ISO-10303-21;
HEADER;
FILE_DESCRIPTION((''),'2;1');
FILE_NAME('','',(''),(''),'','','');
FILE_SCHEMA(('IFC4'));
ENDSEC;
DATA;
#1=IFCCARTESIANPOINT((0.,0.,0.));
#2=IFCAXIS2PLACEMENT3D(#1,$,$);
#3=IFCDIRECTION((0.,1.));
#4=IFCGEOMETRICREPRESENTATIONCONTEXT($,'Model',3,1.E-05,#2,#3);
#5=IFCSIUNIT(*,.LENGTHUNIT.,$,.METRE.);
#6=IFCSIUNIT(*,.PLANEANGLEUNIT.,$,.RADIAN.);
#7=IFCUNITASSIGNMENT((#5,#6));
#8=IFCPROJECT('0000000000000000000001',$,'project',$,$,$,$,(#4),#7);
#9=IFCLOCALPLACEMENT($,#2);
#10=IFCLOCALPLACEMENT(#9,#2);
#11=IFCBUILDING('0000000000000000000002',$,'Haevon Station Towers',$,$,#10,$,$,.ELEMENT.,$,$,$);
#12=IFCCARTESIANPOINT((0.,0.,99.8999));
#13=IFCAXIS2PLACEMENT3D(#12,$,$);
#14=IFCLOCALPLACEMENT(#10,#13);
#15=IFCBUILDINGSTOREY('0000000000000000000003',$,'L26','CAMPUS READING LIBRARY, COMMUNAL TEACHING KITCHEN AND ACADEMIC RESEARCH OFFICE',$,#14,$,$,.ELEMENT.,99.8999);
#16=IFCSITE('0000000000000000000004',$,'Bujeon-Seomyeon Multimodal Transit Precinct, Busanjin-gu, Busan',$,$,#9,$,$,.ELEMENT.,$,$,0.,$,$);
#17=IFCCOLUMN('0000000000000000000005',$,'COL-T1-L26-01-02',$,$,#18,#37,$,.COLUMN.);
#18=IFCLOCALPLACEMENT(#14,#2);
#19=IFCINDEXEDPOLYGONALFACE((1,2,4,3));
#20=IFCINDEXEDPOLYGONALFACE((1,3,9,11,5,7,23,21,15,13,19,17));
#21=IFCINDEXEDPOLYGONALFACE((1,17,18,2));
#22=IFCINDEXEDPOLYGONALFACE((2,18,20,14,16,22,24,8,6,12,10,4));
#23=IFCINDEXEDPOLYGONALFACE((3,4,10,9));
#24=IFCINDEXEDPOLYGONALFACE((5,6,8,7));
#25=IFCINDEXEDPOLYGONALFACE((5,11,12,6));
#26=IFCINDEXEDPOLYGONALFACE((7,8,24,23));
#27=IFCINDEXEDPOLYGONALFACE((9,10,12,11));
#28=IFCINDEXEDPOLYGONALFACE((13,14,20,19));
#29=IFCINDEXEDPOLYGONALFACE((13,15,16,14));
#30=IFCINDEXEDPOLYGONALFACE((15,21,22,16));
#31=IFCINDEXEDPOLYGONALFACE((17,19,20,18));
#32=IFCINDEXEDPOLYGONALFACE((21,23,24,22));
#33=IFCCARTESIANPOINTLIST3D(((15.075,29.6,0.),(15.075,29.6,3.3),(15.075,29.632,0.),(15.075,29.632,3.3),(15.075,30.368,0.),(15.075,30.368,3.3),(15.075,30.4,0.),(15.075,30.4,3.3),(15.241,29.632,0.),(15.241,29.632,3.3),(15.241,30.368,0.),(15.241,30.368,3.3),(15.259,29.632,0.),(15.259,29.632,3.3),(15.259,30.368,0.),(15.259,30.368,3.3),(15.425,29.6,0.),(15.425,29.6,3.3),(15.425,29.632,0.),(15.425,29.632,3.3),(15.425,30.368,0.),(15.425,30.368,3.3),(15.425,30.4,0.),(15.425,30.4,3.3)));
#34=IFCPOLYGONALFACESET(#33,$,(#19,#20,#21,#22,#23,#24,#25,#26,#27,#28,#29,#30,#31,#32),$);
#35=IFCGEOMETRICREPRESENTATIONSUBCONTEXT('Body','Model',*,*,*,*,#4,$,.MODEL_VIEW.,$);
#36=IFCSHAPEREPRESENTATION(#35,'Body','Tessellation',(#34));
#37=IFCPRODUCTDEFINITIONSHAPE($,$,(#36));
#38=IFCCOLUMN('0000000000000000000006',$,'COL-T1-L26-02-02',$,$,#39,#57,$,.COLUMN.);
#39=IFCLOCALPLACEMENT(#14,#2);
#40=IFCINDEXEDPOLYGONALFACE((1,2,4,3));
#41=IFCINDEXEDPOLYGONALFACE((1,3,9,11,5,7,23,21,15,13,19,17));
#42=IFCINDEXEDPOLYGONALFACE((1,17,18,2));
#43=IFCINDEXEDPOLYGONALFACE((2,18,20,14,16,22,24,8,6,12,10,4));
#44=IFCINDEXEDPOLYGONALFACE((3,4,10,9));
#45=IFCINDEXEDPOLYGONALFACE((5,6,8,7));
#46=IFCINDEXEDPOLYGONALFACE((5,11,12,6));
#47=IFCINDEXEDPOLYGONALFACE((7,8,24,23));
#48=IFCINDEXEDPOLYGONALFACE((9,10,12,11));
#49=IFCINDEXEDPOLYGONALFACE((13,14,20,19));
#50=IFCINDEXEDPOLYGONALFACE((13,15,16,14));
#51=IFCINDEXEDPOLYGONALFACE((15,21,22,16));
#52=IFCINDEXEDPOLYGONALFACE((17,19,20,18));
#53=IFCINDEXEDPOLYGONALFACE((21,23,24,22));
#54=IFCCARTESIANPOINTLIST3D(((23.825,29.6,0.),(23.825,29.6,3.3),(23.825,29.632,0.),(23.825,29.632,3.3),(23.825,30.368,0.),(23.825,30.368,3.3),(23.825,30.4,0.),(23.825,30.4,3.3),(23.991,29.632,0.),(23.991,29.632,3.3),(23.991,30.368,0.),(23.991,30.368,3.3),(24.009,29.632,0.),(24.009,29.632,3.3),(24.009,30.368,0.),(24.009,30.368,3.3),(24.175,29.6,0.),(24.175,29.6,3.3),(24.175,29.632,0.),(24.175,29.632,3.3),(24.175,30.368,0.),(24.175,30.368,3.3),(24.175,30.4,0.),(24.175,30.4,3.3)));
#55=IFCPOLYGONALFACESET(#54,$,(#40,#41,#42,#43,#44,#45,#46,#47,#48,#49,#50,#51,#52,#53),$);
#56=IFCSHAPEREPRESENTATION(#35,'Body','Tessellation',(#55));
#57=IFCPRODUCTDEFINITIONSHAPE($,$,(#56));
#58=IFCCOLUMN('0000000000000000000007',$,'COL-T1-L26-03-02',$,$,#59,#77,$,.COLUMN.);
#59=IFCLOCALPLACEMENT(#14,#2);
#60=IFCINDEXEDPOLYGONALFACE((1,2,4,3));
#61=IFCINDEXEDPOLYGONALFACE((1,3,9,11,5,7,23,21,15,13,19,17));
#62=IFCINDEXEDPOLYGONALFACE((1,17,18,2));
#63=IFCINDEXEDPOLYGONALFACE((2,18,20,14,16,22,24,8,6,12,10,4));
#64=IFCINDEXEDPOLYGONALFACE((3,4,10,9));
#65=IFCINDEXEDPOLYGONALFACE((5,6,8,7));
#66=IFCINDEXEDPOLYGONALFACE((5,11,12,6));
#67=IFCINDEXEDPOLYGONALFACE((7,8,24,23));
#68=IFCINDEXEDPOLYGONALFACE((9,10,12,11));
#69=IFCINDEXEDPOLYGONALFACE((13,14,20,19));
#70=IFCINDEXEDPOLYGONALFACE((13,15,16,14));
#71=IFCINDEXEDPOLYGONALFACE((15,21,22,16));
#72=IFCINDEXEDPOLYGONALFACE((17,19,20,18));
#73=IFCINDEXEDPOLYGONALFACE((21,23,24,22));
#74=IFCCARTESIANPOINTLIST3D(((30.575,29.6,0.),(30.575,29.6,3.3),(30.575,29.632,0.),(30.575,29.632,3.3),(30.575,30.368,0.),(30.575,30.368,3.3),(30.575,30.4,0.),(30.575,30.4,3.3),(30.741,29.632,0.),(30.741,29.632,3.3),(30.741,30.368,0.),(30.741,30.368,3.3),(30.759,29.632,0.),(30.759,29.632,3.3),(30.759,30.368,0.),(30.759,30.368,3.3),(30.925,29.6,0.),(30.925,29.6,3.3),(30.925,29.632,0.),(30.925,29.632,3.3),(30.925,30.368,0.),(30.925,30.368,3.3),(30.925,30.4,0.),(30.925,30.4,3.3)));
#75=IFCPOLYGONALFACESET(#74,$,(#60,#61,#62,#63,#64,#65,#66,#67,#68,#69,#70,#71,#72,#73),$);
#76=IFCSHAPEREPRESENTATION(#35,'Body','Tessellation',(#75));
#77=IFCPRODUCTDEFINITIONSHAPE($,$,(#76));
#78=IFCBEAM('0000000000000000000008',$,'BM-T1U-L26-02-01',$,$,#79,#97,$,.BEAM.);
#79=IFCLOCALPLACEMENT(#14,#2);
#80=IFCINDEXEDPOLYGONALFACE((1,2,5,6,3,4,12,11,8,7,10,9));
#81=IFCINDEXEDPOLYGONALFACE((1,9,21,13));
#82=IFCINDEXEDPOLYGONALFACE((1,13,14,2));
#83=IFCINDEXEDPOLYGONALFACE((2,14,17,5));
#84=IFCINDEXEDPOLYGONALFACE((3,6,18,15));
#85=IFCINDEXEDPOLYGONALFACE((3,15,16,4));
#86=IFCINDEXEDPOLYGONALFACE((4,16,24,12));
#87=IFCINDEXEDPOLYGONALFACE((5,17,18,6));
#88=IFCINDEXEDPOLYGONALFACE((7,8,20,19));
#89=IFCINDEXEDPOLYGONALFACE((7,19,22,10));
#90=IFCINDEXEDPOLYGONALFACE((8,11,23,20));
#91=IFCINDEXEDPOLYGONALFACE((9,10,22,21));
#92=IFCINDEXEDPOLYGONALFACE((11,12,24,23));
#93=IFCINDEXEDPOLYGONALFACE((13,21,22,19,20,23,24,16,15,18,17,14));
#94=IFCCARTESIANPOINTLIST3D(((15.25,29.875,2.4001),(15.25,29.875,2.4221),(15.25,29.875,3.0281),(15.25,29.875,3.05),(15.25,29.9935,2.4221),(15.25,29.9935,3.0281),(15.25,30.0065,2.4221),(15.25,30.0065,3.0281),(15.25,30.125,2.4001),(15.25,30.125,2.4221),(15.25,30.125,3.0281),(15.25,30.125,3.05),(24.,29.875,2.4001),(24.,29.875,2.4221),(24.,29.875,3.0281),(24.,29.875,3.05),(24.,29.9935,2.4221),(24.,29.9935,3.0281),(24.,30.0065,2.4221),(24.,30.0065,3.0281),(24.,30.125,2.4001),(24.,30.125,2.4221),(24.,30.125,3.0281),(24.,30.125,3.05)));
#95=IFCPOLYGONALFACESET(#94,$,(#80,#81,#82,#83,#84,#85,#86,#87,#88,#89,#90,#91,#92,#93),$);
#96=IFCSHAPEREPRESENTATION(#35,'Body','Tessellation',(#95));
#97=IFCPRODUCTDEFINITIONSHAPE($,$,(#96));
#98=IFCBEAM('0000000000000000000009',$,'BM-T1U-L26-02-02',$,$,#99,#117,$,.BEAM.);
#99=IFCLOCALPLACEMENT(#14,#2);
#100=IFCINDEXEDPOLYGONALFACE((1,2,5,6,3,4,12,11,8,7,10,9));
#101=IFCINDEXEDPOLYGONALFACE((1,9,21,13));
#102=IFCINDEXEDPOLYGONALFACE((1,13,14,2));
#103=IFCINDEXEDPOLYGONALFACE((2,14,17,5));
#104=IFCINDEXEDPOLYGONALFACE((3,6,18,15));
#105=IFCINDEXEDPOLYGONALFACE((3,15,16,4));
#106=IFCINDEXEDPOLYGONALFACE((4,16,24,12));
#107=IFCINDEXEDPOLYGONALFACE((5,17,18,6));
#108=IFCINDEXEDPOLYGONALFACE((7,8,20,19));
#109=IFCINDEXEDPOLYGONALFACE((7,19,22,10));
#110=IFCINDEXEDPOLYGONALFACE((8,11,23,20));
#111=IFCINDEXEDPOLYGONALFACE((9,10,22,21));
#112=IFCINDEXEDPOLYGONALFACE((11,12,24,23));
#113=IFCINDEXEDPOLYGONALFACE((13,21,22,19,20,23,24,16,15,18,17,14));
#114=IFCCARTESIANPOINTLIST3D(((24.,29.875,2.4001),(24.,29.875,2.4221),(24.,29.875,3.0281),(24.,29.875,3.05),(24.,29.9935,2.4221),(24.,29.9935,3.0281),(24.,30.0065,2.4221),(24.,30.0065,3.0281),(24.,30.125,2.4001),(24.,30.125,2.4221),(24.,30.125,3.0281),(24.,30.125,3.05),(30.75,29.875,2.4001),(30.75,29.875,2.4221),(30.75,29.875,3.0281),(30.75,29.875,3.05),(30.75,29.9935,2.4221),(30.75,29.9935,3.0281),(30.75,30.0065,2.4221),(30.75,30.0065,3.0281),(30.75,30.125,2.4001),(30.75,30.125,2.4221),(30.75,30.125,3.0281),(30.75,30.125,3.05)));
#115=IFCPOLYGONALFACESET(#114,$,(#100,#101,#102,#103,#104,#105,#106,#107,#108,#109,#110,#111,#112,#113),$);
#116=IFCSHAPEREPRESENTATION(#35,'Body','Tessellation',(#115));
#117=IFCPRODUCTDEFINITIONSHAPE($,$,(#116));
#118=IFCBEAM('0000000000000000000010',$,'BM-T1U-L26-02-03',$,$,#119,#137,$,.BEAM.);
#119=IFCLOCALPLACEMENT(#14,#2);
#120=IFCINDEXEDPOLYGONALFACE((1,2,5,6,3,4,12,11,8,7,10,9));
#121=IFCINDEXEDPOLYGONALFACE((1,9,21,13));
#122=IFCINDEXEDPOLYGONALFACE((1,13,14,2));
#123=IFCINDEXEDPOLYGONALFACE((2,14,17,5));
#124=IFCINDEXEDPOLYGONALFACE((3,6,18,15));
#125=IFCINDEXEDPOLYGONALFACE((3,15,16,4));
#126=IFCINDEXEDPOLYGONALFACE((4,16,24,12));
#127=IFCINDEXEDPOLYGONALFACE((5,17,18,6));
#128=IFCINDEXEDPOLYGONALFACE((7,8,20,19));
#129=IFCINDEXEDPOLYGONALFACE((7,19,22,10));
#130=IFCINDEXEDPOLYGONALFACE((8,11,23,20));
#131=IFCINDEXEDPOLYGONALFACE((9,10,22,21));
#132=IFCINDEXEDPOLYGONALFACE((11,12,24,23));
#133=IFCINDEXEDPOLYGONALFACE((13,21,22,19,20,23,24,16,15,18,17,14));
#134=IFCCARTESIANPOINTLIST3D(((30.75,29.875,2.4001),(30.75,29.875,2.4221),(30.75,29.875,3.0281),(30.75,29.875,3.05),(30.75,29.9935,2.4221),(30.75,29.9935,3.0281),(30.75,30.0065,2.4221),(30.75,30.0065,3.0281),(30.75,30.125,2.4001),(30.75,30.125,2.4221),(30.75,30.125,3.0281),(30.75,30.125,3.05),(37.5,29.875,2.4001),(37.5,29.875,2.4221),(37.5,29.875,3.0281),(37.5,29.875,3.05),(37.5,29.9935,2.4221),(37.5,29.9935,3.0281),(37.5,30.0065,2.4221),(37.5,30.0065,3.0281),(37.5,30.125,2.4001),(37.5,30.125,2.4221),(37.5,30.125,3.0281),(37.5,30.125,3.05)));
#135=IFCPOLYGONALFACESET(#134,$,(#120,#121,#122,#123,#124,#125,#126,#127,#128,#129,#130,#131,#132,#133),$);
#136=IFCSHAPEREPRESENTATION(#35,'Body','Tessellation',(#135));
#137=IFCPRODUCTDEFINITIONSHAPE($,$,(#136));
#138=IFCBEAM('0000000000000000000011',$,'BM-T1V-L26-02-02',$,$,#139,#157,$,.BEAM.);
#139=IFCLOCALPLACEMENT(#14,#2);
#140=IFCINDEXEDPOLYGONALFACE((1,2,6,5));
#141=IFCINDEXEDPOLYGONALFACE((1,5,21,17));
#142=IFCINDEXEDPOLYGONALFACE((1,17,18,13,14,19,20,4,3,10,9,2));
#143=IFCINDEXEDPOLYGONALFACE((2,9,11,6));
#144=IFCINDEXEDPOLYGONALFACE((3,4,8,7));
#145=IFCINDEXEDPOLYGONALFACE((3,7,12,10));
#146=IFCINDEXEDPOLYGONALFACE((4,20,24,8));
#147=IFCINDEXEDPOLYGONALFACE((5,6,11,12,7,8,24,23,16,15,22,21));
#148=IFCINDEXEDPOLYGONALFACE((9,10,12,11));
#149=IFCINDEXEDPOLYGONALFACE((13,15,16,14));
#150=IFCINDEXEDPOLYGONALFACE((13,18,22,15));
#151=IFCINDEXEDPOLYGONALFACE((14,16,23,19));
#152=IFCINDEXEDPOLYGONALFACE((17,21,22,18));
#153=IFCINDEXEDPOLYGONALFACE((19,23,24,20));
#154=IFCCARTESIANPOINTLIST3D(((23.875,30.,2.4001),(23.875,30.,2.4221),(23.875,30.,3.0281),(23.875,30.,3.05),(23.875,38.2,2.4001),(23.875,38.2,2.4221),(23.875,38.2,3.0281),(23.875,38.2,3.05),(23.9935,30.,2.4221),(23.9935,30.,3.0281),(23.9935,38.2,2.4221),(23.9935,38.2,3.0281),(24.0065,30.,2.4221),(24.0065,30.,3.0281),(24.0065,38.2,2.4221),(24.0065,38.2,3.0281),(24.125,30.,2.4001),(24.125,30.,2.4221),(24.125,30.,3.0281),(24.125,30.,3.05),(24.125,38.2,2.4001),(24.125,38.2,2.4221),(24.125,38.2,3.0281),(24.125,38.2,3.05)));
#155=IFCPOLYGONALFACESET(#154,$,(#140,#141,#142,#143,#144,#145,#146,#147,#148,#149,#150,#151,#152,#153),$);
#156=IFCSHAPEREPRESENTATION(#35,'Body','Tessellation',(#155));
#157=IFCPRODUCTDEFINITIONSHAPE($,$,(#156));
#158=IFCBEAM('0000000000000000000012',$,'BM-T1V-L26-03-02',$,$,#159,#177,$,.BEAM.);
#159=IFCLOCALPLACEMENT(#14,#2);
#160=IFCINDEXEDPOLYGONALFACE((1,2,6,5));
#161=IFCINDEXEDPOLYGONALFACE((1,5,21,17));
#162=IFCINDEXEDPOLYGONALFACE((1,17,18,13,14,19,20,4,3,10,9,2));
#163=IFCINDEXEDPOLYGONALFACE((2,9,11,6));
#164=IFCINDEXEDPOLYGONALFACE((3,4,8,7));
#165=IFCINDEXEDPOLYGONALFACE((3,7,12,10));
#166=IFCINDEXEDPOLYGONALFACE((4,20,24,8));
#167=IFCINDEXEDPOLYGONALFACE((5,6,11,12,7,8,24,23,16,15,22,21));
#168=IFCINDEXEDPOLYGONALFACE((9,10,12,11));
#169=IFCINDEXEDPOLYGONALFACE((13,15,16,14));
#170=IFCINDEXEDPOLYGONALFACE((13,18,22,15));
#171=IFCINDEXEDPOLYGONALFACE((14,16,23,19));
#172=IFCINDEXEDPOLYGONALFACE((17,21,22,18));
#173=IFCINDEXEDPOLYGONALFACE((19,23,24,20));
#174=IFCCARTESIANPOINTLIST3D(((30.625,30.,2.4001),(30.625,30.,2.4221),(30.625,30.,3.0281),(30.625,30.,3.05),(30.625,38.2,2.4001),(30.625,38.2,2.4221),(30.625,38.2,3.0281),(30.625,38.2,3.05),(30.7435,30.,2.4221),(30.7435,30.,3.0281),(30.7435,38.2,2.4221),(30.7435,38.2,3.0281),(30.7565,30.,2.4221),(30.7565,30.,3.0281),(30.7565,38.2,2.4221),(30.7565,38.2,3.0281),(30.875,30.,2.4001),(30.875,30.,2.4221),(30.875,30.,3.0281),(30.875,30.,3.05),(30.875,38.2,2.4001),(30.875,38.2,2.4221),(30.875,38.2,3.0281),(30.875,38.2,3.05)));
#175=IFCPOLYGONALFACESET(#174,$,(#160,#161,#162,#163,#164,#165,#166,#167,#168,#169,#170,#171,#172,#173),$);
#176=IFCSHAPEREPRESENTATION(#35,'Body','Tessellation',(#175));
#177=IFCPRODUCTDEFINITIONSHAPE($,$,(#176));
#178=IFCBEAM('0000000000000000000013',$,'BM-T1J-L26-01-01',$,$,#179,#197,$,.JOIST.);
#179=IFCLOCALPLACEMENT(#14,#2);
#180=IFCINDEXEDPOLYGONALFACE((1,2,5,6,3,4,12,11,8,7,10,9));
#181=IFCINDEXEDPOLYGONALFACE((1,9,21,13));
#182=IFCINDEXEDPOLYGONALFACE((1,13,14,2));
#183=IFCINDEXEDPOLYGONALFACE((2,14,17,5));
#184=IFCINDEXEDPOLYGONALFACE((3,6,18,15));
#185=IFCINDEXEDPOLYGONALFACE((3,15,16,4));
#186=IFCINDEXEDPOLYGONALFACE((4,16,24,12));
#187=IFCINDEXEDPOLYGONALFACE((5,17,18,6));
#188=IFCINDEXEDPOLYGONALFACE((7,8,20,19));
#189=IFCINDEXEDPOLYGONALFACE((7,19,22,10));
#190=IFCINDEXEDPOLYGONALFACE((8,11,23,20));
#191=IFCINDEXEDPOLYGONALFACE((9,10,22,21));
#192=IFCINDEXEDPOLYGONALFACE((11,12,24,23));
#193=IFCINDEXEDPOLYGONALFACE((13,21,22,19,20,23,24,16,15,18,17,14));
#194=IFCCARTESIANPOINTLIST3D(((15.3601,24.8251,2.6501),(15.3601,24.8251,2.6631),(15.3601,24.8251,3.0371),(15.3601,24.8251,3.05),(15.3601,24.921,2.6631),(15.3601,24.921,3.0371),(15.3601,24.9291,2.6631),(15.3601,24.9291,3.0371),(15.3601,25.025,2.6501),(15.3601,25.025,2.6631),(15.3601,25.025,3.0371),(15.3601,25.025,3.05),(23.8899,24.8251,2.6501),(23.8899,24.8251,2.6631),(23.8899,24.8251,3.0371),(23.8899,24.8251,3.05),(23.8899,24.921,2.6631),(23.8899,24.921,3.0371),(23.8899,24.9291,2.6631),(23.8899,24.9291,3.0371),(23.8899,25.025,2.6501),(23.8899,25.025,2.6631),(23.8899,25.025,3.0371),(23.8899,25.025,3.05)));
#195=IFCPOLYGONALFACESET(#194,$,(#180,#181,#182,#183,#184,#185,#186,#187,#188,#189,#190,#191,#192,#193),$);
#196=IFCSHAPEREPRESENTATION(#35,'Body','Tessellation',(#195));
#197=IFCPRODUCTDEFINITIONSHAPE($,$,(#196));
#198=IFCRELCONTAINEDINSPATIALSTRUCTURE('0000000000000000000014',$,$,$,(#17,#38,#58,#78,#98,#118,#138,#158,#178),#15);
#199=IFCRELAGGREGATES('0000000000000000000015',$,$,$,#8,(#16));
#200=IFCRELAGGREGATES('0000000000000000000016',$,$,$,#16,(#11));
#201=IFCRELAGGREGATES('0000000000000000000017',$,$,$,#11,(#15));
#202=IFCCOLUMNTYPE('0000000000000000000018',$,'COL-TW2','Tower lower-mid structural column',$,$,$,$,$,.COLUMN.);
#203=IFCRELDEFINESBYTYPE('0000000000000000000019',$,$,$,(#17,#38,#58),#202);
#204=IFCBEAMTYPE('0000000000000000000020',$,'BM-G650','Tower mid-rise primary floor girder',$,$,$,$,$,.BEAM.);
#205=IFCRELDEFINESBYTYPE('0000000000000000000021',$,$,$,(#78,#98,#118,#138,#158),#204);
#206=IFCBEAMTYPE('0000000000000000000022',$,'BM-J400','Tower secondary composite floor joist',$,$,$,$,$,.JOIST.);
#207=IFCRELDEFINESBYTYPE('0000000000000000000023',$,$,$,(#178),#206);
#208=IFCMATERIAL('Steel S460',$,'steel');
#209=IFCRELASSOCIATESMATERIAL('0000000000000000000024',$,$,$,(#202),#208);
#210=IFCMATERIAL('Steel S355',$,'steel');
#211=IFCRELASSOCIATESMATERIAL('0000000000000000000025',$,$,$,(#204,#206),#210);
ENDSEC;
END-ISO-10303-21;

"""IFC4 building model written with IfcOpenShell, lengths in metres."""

from ifc_helpers import new_model, si_unit, direction, frame, origin, origin_2d, place, context, subcontext, project, spatial, i_section, extrude, material, material_profile, profile_set, type_object, element, save


model = new_model("IFC4")

# Units and contexts
model_context = context("Model", 3, precision=1e-05, world=origin(), true_north=direction((0.0, 1.0)))
body_context = subcontext(model_context, "Body", "Model", "MODEL_VIEW")
ifc_project = project(units=[si_unit("LENGTHUNIT", "METRE"), si_unit("PLANEANGLEUNIT", "RADIAN")], contexts=[model_context])

# Site, building, storey
site_placement = place(None, origin())
site = spatial("IfcSite", under=ifc_project, at=site_placement, Name="Bujeon-Seomyeon Multimodal Transit Precinct, Busanjin-gu, Busan", CompositionType="ELEMENT", RefElevation=0.0)
building_placement = place(site_placement, origin())
building = spatial("IfcBuilding", under=site, at=building_placement, Name="Haevon Station Towers", CompositionType="ELEMENT")
storey_placement = place(building_placement, frame((0.0, 0.0, 99.8999)))
storey = spatial("IfcBuildingStorey", under=building, at=storey_placement, Name="L26", Description="CAMPUS READING LIBRARY, COMMUNAL TEACHING KITCHEN AND ACADEMIC RESEARCH OFFICE", CompositionType="ELEMENT", Elevation=99.8999)

# Columns
ifc_material_1 = material(Name="Steel S460", Category="steel")
ifc_material_profile_1 = material_profile(ifc_material_1, i_section(OverallWidth=0.3501, OverallDepth=0.8, WebThickness=0.0181, FlangeThickness=0.032, at=origin_2d()), Name="H-800x350x18x32")
ifc_profile_set_1 = profile_set([ifc_material_profile_1], Name="Steel S460")
column_type = type_object("IfcColumnType", Name="COL-TW2", Description="Tower lower-mid structural column", PredefinedType="COLUMN", material=ifc_profile_set_1)
for number, where, z_axis, x_axis, name in (
    (1, (15.25, 30.0, 0.0), (0.0, 0.0, 1.0), (1.0, 0.0, 0.0), "COL-T1-L26-01-02"),
    (2, (24.0, 30.0, 0.0), (0.0, 0.0, 1.0), (1.0, 0.0, 0.0), "COL-T1-L26-02-02"),
    (3, (30.75, 30.0, 0.0), (0.0, 0.0, 1.0), (1.0, 0.0, 0.0), "COL-T1-L26-03-02"),
):
    element("IfcColumn", number, at=place(storey_placement, frame(where, z_axis=z_axis, x_axis=x_axis)), inside=storey, type_object=column_type, Name=name, PredefinedType="COLUMN", context=body_context, shape_type="SweptSolid", body=[
        extrude(i_section(OverallWidth=0.3501, OverallDepth=0.8, WebThickness=0.0181, FlangeThickness=0.032, at=origin_2d()), origin(), (0.0, 0.0, 1.0), 3.3),
    ])

# Beams
ifc_material_2 = material(Name="Steel S355", Category="steel")
ifc_material_profile_2 = material_profile(ifc_material_2, i_section(OverallWidth=0.25, OverallDepth=0.6499, WebThickness=0.0129, FlangeThickness=0.022, at=origin_2d()), Name="H-650x250x13x22")
ifc_profile_set_2 = profile_set([ifc_material_profile_2], Name="Steel S355")
beam_type_1 = type_object("IfcBeamType", Name="BM-G650", Description="Tower mid-rise primary floor girder", PredefinedType="BEAM", material=ifc_profile_set_2)
beam_1_placement = place(storey_placement, frame((15.25, 30.0, 2.7251), z_axis=(1.0, 0.0, 0.0), x_axis=(0.0, 1.0, 0.0)))
element("IfcBeam", 4, at=beam_1_placement, inside=storey, type_object=beam_type_1, Name="BM-T1U-L26-02-01", PredefinedType="BEAM", context=body_context, shape_type="SweptSolid", body=[
    extrude(i_section(OverallWidth=0.25, OverallDepth=0.6499, WebThickness=0.0129, FlangeThickness=0.022, at=origin_2d()), origin(), (0.0, 0.0, 1.0), 8.75),
])
for number, where, z_axis, x_axis, name in (
    (5, (24.0, 30.0, 2.7251), (1.0, 0.0, 0.0), (0.0, 1.0, 0.0), "BM-T1U-L26-02-02"),
    (6, (30.75, 30.0, 2.7251), (1.0, 0.0, 0.0), (0.0, 1.0, 0.0), "BM-T1U-L26-02-03"),
):
    element("IfcBeam", number, at=place(storey_placement, frame(where, z_axis=z_axis, x_axis=x_axis)), inside=storey, type_object=beam_type_1, Name=name, PredefinedType="BEAM", context=body_context, shape_type="SweptSolid", body=[
        extrude(i_section(OverallWidth=0.25, OverallDepth=0.6499, WebThickness=0.0129, FlangeThickness=0.022, at=origin_2d()), origin(), (0.0, 0.0, 1.0), 6.75),
    ])
for number, where, z_axis, x_axis, name in (
    (7, (24.0, 30.0, 2.7251), (0.0, 1.0, 0.0), (-1.0, 0.0, 0.0), "BM-T1V-L26-02-02"),
    (8, (30.75, 30.0, 2.7251), (0.0, 1.0, 0.0), (-1.0, 0.0, 0.0), "BM-T1V-L26-03-02"),
):
    element("IfcBeam", number, at=place(storey_placement, frame(where, z_axis=z_axis, x_axis=x_axis)), inside=storey, type_object=beam_type_1, Name=name, PredefinedType="BEAM", context=body_context, shape_type="SweptSolid", body=[
        extrude(i_section(OverallWidth=0.25, OverallDepth=0.6499, WebThickness=0.0129, FlangeThickness=0.022, at=origin_2d()), origin(), (0.0, 0.0, 1.0), 8.2),
    ])
ifc_material_profile_3 = material_profile(ifc_material_2, i_section(OverallWidth=0.2, OverallDepth=0.3999, WebThickness=0.0081, FlangeThickness=0.0129, at=origin_2d()), Name="H-400x200x8x13")
ifc_profile_set_3 = profile_set([ifc_material_profile_3], Name="Steel S355")
beam_type_2 = type_object("IfcBeamType", Name="BM-J400", Description="Tower secondary composite floor joist", PredefinedType="JOIST", material=ifc_profile_set_3)
beam_2_placement = place(storey_placement, frame((15.3601, 24.925, 2.8501), z_axis=(1.0, 0.0, 0.0), x_axis=(0.0, 1.0, 0.0)))
element("IfcBeam", 9, at=beam_2_placement, inside=storey, type_object=beam_type_2, Name="BM-T1J-L26-01-01", PredefinedType="JOIST", context=body_context, shape_type="SweptSolid", body=[
    extrude(i_section(OverallWidth=0.2, OverallDepth=0.3999, WebThickness=0.0081, FlangeThickness=0.0129, at=origin_2d()), origin(), (0.0, 0.0, 1.0), 8.5298),
])

save(model, "model.ifc")
